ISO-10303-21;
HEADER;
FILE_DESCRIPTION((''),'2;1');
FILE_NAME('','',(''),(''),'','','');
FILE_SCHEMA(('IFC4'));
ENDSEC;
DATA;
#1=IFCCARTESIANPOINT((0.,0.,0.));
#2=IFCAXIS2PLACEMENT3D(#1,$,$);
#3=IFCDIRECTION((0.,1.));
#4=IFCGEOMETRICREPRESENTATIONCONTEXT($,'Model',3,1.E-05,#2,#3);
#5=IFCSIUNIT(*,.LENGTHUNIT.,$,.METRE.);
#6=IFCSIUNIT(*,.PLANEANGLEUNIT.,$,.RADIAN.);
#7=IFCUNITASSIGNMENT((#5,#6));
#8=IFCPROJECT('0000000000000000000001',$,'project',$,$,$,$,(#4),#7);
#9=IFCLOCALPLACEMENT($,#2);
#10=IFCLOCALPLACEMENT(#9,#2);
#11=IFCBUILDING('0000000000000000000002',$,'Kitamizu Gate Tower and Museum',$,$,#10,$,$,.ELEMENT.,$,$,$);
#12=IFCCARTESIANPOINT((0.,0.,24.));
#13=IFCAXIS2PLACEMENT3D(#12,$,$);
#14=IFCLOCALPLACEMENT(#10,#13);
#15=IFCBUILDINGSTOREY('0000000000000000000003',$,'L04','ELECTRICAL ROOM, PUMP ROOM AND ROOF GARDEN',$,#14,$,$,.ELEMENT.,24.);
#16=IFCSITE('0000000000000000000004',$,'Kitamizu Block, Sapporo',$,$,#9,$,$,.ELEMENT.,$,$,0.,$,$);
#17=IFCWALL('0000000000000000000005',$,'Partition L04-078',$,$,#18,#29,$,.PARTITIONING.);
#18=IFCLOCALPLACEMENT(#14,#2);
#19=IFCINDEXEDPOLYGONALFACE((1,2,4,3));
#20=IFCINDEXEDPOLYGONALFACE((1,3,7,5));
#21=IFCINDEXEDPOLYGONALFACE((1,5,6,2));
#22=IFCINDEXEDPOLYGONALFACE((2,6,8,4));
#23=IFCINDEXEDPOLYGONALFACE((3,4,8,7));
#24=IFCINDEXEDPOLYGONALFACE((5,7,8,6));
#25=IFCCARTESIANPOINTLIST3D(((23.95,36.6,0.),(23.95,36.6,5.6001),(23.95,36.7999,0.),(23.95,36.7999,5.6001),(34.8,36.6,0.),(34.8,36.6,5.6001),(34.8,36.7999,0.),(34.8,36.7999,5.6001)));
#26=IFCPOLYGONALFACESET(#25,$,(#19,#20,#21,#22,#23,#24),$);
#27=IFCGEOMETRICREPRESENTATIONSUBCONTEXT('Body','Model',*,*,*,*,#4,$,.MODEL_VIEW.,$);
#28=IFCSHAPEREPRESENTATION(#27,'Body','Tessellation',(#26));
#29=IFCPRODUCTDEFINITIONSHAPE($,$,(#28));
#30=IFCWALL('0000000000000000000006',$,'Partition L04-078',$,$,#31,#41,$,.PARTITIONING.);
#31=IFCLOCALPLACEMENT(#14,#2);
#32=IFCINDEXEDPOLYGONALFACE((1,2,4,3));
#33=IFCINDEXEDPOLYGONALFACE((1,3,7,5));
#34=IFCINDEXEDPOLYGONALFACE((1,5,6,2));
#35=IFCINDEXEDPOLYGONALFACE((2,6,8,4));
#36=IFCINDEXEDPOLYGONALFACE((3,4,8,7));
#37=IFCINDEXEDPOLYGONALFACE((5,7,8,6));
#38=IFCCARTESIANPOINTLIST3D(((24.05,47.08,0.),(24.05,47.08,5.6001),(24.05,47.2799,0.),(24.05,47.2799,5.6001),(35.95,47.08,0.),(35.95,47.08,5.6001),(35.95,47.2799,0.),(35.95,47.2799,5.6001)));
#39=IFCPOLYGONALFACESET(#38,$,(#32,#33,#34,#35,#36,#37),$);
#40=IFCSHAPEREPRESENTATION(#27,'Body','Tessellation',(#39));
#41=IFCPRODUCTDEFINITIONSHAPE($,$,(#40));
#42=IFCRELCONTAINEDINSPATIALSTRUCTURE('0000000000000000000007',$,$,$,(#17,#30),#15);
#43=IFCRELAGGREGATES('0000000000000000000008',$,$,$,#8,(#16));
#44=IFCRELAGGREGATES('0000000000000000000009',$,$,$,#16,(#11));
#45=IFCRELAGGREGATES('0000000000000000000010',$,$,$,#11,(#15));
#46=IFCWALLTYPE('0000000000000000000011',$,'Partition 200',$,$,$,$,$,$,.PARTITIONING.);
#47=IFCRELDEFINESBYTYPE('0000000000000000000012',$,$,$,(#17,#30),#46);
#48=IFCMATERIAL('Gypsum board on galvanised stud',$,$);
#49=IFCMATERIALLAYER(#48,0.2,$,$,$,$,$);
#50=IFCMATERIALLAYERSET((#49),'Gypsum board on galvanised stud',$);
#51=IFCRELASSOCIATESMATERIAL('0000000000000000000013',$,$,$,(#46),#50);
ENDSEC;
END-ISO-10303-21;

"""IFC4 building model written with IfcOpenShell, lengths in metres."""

from ifc_helpers import new_model, si_unit, direction, frame, frame_2d, origin, place, context, subcontext, project, spatial, rectangle, extrude, material, layer, layer_set, type_object, element, save


model = new_model("IFC4")

# Units and contexts
model_context = context("Model", 3, precision=1e-05, world=origin(), true_north=direction((0.0, 1.0)))
body_context = subcontext(model_context, "Body", "Model", "MODEL_VIEW")
ifc_project = project(units=[si_unit("LENGTHUNIT", "METRE"), si_unit("PLANEANGLEUNIT", "RADIAN")], contexts=[model_context])

# Site, building, storey
site_placement = place(None, origin())
site = spatial("IfcSite", under=ifc_project, at=site_placement, Name="Kitamizu Block, Sapporo", CompositionType="ELEMENT", RefElevation=0.0)
building_placement = place(site_placement, origin())
building = spatial("IfcBuilding", under=site, at=building_placement, Name="Kitamizu Gate Tower and Museum", CompositionType="ELEMENT")
storey_placement = place(building_placement, frame((0.0, 0.0, 24.0)))
storey = spatial("IfcBuildingStorey", under=building, at=storey_placement, Name="L04", Description="ELECTRICAL ROOM, PUMP ROOM AND ROOF GARDEN", CompositionType="ELEMENT", Elevation=24.0)

# Shared definitions
ifc_material_1 = material(Name="Gypsum board on galvanised stud")
ifc_layer_1 = layer(ifc_material_1, 0.2)
ifc_layer_set_1 = layer_set([ifc_layer_1], Name="Gypsum board on galvanised stud")
wall_type = type_object("IfcWallType", Name="Partition 200", PredefinedType="PARTITIONING", material=ifc_layer_set_1)

# Walls
wall_1_placement = place(storey_placement, frame((34.8, 36.7, 0.0), z_axis=(0.0, 0.0, 1.0), x_axis=(-1.0, 0.0, 0.0)))
element("IfcWall", 1, at=wall_1_placement, inside=storey, type_object=wall_type, Name="Partition L04-078", PredefinedType="PARTITIONING", context=body_context, shape_type="SweptSolid", body=[
    extrude(rectangle(XDim=10.8501, YDim=0.2, at=frame_2d((5.425, 0.0))), origin(), (0.0, 0.0, 1.0), 5.6001),
])
wall_2_placement = place(storey_placement, frame((35.95, 47.1799, 0.0), z_axis=(0.0, 0.0, 1.0), x_axis=(-1.0, 0.0, 0.0)))
element("IfcWall", 2, at=wall_2_placement, inside=storey, type_object=wall_type, Name="Partition L04-078", PredefinedType="PARTITIONING", context=body_context, shape_type="SweptSolid", body=[
    extrude(rectangle(XDim=11.8999, YDim=0.2, at=frame_2d((5.95, 0.0))), origin(), (0.0, 0.0, 1.0), 5.6001),
])

save(model, "model.ifc")
